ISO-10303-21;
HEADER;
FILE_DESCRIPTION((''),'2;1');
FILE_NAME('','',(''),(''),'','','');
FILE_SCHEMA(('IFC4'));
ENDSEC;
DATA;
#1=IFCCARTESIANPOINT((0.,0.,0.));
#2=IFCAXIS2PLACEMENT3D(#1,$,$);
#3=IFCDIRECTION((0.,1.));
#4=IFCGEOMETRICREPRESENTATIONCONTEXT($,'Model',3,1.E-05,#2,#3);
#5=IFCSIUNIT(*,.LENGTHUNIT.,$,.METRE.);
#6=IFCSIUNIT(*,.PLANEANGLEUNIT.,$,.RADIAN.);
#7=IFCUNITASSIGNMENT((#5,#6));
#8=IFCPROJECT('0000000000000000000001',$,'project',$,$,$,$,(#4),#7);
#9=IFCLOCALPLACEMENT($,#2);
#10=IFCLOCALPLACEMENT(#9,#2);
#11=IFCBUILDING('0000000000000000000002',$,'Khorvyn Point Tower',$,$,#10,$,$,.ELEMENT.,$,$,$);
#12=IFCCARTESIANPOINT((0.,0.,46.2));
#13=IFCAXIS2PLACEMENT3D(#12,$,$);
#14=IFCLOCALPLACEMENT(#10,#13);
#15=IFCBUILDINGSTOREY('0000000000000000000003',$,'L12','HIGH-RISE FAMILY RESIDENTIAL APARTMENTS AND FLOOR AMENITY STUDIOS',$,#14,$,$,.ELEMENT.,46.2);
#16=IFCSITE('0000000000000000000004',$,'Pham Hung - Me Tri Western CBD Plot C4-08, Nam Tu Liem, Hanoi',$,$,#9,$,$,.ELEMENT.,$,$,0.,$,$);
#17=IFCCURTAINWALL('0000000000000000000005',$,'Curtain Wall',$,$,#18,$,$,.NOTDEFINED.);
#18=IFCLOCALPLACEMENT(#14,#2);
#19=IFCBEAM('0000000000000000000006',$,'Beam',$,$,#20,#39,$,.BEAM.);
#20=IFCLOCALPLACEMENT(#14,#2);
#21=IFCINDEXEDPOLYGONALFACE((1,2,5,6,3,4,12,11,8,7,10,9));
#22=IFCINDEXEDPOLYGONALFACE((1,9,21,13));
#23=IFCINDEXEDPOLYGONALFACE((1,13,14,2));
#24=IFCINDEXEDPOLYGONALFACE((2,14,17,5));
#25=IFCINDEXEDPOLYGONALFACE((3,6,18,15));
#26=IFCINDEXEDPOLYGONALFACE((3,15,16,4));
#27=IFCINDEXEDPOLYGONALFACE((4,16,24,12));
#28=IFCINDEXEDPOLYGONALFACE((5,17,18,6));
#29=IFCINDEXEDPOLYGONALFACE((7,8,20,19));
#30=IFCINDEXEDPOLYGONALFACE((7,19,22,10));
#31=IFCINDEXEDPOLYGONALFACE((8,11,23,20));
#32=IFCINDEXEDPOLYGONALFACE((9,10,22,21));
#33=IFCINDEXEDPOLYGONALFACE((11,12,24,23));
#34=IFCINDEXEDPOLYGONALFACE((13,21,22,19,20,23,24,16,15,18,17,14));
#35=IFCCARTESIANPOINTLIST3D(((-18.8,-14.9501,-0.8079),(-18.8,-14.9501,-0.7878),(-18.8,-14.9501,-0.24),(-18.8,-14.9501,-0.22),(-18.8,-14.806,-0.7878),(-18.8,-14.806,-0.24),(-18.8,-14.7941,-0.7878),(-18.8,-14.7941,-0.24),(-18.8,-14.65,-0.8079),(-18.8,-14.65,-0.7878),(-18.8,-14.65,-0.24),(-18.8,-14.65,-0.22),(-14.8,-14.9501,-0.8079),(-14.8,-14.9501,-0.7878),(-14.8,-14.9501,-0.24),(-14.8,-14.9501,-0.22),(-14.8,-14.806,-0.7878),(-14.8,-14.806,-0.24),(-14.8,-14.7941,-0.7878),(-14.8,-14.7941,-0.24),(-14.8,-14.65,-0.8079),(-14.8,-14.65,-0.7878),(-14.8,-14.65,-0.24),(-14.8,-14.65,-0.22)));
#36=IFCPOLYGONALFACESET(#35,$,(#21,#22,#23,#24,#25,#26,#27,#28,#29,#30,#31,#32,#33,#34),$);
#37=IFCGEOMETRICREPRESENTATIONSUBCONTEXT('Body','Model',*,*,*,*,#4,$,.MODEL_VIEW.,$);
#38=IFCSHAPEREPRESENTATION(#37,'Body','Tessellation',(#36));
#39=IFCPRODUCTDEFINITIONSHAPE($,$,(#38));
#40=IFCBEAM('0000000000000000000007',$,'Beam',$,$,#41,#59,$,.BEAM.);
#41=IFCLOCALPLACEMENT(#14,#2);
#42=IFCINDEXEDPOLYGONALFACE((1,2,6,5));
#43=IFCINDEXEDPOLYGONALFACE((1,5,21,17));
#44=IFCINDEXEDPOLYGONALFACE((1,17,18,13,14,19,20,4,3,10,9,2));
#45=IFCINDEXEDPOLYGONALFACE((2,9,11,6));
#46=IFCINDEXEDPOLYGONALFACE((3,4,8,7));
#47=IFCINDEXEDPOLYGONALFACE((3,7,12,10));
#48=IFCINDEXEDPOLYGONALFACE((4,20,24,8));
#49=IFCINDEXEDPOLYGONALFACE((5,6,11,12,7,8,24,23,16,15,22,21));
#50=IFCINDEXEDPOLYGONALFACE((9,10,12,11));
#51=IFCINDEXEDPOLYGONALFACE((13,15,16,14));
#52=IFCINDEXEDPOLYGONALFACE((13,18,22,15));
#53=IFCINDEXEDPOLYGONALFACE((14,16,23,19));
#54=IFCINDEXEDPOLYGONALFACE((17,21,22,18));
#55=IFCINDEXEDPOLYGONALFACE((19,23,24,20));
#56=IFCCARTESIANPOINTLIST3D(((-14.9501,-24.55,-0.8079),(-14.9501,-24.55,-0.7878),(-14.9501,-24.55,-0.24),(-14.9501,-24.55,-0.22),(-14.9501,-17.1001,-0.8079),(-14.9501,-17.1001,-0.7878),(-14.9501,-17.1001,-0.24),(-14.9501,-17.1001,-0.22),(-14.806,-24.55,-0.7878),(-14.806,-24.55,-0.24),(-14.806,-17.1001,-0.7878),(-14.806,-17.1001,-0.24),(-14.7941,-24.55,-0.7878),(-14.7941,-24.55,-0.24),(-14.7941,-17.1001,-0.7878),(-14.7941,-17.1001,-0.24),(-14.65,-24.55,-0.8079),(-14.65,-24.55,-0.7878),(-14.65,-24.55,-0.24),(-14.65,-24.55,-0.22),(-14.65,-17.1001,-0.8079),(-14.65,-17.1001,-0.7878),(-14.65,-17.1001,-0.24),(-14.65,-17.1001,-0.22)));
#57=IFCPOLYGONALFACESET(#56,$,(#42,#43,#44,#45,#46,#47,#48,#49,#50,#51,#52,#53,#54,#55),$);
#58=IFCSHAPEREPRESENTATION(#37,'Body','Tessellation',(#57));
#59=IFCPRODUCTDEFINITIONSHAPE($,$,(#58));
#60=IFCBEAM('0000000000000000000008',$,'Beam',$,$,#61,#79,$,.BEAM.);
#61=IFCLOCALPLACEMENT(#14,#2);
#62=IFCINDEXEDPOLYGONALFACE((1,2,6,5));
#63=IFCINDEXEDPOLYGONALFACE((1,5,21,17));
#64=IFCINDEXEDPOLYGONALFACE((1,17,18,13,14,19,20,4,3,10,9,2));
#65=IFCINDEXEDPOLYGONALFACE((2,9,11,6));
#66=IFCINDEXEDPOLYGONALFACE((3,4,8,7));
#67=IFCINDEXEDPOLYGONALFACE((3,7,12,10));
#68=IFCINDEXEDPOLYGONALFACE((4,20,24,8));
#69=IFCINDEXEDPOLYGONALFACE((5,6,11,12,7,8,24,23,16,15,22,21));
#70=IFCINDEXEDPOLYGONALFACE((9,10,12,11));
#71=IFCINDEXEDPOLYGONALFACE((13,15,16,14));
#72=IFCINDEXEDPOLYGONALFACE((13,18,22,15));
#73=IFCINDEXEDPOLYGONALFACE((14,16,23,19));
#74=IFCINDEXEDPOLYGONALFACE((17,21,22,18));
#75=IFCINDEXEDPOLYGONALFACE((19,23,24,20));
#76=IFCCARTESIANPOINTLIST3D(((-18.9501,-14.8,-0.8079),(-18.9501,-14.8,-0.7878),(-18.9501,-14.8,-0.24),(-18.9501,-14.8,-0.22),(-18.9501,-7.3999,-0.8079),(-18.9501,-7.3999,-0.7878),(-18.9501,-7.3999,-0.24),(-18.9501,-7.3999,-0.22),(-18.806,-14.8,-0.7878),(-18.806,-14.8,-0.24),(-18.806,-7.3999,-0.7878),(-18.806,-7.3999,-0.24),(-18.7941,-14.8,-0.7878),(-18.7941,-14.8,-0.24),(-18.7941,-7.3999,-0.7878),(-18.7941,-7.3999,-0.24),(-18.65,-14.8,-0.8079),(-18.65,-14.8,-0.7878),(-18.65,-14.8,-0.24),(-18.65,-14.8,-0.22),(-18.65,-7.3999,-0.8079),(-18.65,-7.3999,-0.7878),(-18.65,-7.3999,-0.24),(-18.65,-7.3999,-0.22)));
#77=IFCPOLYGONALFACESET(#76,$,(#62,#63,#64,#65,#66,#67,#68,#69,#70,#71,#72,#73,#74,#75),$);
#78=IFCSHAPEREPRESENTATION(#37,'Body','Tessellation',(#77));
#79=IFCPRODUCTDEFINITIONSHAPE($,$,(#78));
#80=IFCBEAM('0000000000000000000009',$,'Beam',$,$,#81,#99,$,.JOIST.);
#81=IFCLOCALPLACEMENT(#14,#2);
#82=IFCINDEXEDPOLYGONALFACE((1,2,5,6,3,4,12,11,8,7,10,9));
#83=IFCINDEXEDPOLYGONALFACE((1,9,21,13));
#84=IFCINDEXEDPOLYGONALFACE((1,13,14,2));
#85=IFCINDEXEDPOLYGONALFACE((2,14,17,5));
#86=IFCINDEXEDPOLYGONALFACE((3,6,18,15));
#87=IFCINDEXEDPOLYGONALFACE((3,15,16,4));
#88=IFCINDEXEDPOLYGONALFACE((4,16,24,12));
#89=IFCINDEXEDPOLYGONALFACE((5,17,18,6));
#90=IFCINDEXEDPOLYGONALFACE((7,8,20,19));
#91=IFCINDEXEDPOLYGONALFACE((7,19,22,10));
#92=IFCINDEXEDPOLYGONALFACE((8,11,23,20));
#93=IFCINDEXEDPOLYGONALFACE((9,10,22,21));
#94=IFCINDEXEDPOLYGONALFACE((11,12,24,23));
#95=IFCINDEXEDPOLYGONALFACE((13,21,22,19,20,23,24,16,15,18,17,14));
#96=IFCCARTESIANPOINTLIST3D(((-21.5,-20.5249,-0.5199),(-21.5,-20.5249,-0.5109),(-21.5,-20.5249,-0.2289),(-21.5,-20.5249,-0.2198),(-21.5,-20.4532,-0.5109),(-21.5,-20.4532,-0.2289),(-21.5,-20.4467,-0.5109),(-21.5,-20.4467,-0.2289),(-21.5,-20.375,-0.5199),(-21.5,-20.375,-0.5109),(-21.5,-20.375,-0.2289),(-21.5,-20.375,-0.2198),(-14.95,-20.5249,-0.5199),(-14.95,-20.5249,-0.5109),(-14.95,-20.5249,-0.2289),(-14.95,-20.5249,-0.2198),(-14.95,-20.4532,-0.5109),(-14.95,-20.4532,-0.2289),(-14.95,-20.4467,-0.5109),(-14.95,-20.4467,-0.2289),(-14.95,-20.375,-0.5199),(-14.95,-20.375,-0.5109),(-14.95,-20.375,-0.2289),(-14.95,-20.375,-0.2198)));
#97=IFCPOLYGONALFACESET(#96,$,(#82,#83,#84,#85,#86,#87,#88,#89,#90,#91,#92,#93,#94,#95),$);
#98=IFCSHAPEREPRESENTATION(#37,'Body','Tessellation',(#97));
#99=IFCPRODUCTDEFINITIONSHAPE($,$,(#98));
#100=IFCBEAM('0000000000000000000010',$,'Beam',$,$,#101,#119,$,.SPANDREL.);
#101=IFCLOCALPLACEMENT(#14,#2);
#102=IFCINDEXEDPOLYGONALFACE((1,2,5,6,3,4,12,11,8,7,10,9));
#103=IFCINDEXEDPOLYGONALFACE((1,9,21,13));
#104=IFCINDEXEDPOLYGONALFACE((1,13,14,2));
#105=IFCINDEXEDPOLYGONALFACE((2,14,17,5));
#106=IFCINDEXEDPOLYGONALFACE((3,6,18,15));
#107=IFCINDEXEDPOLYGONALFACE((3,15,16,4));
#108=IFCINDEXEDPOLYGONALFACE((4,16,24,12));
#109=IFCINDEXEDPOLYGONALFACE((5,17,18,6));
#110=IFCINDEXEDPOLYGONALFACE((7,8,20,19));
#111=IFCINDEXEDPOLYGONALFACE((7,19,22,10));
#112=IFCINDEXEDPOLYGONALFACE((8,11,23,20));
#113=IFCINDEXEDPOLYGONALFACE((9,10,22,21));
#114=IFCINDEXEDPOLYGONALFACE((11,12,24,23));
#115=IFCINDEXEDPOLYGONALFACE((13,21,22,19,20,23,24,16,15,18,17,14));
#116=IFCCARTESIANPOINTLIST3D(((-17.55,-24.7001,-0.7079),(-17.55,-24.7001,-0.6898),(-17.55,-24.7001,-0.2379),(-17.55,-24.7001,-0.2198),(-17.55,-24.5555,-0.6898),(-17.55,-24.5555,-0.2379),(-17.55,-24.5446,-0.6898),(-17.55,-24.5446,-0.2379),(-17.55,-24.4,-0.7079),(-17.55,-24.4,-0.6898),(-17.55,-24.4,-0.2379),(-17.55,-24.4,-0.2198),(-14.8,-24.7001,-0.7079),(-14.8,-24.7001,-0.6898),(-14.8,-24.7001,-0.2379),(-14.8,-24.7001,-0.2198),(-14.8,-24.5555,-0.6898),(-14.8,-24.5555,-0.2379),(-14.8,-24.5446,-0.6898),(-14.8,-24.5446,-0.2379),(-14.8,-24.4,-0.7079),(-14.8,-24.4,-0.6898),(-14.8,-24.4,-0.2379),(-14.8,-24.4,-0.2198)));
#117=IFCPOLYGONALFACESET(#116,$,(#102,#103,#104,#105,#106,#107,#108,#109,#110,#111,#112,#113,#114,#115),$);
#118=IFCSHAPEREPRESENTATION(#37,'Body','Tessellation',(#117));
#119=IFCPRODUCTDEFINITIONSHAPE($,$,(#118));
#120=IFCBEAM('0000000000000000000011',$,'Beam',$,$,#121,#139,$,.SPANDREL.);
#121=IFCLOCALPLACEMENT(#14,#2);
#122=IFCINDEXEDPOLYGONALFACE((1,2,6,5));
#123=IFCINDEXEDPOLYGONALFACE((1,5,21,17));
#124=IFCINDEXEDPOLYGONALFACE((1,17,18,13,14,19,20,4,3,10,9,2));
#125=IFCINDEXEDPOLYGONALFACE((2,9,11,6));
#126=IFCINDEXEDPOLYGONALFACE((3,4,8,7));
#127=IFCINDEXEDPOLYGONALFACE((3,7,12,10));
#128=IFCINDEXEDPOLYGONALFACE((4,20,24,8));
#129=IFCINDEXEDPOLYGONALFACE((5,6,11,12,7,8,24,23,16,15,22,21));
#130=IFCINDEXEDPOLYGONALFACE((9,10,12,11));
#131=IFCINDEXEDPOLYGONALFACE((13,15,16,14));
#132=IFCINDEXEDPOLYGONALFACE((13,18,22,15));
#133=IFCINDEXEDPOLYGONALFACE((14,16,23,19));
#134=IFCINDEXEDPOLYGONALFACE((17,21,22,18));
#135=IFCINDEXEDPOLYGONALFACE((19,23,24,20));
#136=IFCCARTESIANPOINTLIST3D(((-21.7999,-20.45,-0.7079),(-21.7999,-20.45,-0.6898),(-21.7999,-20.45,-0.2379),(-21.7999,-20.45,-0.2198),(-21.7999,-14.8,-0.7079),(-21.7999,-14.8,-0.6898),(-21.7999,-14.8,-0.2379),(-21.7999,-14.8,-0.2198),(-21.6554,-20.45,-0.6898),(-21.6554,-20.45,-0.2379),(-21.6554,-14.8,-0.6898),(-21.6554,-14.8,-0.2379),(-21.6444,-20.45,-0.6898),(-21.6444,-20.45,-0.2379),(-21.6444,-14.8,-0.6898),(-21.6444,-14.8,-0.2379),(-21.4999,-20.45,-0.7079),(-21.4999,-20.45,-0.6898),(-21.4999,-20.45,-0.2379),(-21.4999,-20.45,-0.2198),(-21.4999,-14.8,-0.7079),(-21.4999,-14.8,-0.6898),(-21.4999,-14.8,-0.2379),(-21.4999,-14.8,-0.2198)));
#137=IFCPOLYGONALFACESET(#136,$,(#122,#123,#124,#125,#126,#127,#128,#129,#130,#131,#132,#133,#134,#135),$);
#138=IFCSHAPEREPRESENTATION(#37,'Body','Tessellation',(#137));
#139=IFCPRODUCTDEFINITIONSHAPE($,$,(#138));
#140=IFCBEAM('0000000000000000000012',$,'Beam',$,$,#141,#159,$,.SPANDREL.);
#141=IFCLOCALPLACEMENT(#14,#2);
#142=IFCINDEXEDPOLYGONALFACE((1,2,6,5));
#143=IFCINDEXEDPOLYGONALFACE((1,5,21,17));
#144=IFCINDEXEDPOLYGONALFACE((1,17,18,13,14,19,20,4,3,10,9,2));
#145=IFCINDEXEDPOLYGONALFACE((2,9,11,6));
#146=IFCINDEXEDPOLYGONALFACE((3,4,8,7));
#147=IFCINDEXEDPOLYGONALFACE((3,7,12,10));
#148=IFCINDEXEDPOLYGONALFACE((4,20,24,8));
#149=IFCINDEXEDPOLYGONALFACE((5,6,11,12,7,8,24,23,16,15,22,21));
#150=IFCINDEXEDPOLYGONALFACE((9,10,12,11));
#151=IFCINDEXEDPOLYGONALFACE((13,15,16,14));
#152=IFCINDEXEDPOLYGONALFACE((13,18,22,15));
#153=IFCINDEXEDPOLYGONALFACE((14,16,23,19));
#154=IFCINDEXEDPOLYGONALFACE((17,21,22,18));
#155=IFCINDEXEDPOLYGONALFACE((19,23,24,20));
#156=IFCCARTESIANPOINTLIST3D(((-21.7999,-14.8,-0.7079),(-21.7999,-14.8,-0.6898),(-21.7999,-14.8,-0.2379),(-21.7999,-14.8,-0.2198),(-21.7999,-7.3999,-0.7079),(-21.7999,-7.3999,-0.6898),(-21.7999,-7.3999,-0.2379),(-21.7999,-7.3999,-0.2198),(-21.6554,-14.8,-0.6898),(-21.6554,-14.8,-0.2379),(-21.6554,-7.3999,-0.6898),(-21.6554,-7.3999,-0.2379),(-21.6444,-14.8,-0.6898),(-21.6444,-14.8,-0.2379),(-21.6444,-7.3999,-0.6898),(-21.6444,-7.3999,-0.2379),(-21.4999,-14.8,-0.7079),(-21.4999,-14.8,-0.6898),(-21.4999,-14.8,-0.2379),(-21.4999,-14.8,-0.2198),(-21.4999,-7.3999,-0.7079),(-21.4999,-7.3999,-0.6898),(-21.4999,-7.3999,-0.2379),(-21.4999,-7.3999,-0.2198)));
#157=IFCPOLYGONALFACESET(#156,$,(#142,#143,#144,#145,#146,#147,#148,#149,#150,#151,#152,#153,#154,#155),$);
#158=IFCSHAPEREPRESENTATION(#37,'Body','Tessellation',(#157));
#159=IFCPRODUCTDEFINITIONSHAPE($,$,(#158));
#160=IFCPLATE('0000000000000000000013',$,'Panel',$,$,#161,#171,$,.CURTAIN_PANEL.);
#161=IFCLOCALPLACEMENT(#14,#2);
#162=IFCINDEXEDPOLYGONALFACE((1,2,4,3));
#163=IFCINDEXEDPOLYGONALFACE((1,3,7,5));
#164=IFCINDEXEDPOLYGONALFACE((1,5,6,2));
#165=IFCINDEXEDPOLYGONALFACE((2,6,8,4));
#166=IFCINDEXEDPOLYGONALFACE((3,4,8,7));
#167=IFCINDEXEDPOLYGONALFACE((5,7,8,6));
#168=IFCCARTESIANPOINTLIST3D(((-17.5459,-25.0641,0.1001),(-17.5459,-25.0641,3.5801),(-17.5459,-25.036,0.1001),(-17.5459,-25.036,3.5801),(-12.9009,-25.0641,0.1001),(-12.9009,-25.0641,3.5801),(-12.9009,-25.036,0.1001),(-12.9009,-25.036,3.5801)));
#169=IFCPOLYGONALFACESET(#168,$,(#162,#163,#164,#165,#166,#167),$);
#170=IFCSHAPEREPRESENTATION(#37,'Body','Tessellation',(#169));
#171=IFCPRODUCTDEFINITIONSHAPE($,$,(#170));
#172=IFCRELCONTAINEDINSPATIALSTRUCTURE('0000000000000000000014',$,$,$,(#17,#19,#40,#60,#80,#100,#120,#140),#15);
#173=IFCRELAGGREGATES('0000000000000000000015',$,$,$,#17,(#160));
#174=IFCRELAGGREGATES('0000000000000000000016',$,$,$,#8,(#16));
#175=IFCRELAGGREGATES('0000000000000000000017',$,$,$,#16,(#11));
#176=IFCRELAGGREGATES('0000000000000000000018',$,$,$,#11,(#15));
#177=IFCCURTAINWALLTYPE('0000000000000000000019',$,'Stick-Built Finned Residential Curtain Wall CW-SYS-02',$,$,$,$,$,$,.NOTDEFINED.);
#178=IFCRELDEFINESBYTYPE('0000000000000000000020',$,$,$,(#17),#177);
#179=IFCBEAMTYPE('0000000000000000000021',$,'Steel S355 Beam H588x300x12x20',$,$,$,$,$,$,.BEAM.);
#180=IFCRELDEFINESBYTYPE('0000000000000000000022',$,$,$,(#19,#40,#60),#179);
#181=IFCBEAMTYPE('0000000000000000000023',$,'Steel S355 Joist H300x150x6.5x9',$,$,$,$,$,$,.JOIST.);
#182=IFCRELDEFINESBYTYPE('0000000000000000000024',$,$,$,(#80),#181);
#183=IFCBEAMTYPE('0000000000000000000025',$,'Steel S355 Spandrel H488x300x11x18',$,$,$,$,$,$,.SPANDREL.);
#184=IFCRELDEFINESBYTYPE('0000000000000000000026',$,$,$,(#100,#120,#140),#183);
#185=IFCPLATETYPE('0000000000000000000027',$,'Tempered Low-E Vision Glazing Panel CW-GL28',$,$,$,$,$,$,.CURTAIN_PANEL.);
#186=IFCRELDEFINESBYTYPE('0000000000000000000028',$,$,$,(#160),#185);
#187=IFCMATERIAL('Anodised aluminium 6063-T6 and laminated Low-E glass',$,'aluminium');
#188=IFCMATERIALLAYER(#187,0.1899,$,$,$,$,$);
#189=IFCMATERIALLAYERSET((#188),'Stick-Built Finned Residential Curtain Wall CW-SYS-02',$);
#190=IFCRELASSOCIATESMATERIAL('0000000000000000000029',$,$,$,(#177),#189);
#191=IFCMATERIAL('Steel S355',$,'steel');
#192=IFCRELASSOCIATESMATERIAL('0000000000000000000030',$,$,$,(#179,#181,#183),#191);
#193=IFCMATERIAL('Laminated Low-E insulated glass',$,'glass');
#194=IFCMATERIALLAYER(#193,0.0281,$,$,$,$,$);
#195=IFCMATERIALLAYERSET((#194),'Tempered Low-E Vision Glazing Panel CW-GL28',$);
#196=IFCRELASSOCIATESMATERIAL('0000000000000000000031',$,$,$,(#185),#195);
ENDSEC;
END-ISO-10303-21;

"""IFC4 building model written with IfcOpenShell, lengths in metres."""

from ifc_helpers import new_model, si_unit, direction, frame, origin, origin_2d, place, context, subcontext, project, spatial, rectangle, i_section, extrude, material, layer, layer_set, material_profile, profile_set, type_object, element, aggregate, save


model = new_model("IFC4")

# Units and contexts
model_context = context("Model", 3, precision=1e-05, world=origin(), true_north=direction((0.0, 1.0)))
body_context = subcontext(model_context, "Body", "Model", "MODEL_VIEW")
ifc_project = project(units=[si_unit("LENGTHUNIT", "METRE"), si_unit("PLANEANGLEUNIT", "RADIAN")], contexts=[model_context])

# Site, building, storey
site_placement = place(None, origin())
site = spatial("IfcSite", under=ifc_project, at=site_placement, Name="Pham Hung - Me Tri Western CBD Plot C4-08, Nam Tu Liem, Hanoi", CompositionType="ELEMENT", RefElevation=0.0)
building_placement = place(site_placement, origin())
building = spatial("IfcBuilding", under=site, at=building_placement, Name="Khorvyn Point Tower", CompositionType="ELEMENT")
storey_placement = place(building_placement, frame((0.0, 0.0, 46.2)))
storey = spatial("IfcBuildingStorey", under=building, at=storey_placement, Name="L12", Description="HIGH-RISE FAMILY RESIDENTIAL APARTMENTS AND FLOOR AMENITY STUDIOS", CompositionType="ELEMENT", Elevation=46.2)

# Curtain wall
ifc_material_1 = material(Name="Anodised aluminium 6063-T6 and laminated Low-E glass", Category="aluminium")
ifc_layer_1 = layer(ifc_material_1, 0.1899)
ifc_layer_set_1 = layer_set([ifc_layer_1], Name="Stick-Built Finned Residential Curtain Wall CW-SYS-02")
curtain_wall_type = type_object("IfcCurtainWallType", Name="Stick-Built Finned Residential Curtain Wall CW-SYS-02", PredefinedType="NOTDEFINED", material=ifc_layer_set_1)
curtain_wall_1_placement = place(storey_placement, origin())
curtain_wall_1 = element("IfcCurtainWall", 1, at=curtain_wall_1_placement, inside=storey, type_object=curtain_wall_type, Name="Curtain Wall", PredefinedType="NOTDEFINED")

# Beams
ifc_material_2 = material(Name="Steel S355", Category="steel")
ifc_material_profile_1 = material_profile(ifc_material_2, i_section(OverallWidth=0.3, OverallDepth=0.5879, WebThickness=0.012, FlangeThickness=0.02, at=origin_2d()))
ifc_profile_set_1 = profile_set([ifc_material_profile_1], Name="Steel S355 H588x300x12x20")
beam_type_1 = type_object("IfcBeamType", Name="Steel S355 Beam H588x300x12x20", PredefinedType="BEAM", material=ifc_profile_set_1)
beam_1_placement = place(storey_placement, frame((-18.8, -14.8, -0.5139), z_axis=(1.0, 0.0, 0.0), x_axis=(0.0, 1.0, 0.0)))
element("IfcBeam", 2, at=beam_1_placement, inside=storey, type_object=beam_type_1, Name="Beam", PredefinedType="BEAM", context=body_context, shape_type="SweptSolid", body=[
    extrude(i_section(OverallWidth=0.3, OverallDepth=0.5879, WebThickness=0.012, FlangeThickness=0.02, at=origin_2d()), origin(), (0.0, 0.0, 1.0), 4.0),
])
beam_2_placement = place(storey_placement, frame((-14.8, -24.55, -0.5139), z_axis=(0.0, 1.0, 0.0), x_axis=(-1.0, 0.0, 0.0)))
element("IfcBeam", 3, at=beam_2_placement, inside=storey, type_object=beam_type_1, Name="Beam", PredefinedType="BEAM", context=body_context, shape_type="SweptSolid", body=[
    extrude(i_section(OverallWidth=0.3, OverallDepth=0.5879, WebThickness=0.012, FlangeThickness=0.02, at=origin_2d()), origin(), (0.0, 0.0, 1.0), 7.45),
])
beam_3_placement = place(storey_placement, frame((-18.8, -14.8, -0.5139), z_axis=(0.0, 1.0, 0.0), x_axis=(-1.0, 0.0, 0.0)))
element("IfcBeam", 4, at=beam_3_placement, inside=storey, type_object=beam_type_1, Name="Beam", PredefinedType="BEAM", context=body_context, shape_type="SweptSolid", body=[
    extrude(i_section(OverallWidth=0.3, OverallDepth=0.5879, WebThickness=0.012, FlangeThickness=0.02, at=origin_2d()), origin(), (0.0, 0.0, 1.0), 7.4001),
])
ifc_material_profile_2 = material_profile(ifc_material_2, i_section(OverallWidth=0.1499, OverallDepth=0.3, WebThickness=0.0066, FlangeThickness=0.009, at=origin_2d()))
ifc_profile_set_2 = profile_set([ifc_material_profile_2], Name="Steel S355 H300x150x6.5x9")
beam_type_2 = type_object("IfcBeamType", Name="Steel S355 Joist H300x150x6.5x9", PredefinedType="JOIST", material=ifc_profile_set_2)
beam_4_placement = place(storey_placement, frame((-21.5, -20.45, -0.3699), z_axis=(1.0, 0.0, 0.0), x_axis=(0.0, 1.0, 0.0)))
element("IfcBeam", 5, at=beam_4_placement, inside=storey, type_object=beam_type_2, Name="Beam", PredefinedType="JOIST", context=body_context, shape_type="SweptSolid", body=[
    extrude(i_section(OverallWidth=0.1499, OverallDepth=0.3, WebThickness=0.0066, FlangeThickness=0.009, at=origin_2d()), origin(), (0.0, 0.0, 1.0), 6.55),
])
ifc_material_profile_3 = material_profile(ifc_material_2, i_section(OverallWidth=0.3, OverallDepth=0.488, WebThickness=0.011, FlangeThickness=0.0181, at=origin_2d()))
ifc_profile_set_3 = profile_set([ifc_material_profile_3], Name="Steel S355 H488x300x11x18")
beam_type_3 = type_object("IfcBeamType", Name="Steel S355 Spandrel H488x300x11x18", PredefinedType="SPANDREL", material=ifc_profile_set_3)
beam_5_placement = place(storey_placement, frame((-17.55, -24.55, -0.4639), z_axis=(1.0, 0.0, 0.0), x_axis=(0.0, 1.0, 0.0)))
element("IfcBeam", 6, at=beam_5_placement, inside=storey, type_object=beam_type_3, Name="Beam", PredefinedType="SPANDREL", context=body_context, shape_type="SweptSolid", body=[
    extrude(i_section(OverallWidth=0.3, OverallDepth=0.488, WebThickness=0.011, FlangeThickness=0.0181, at=origin_2d()), origin(), (0.0, 0.0, 1.0), 2.75),
])
beam_6_placement = place(storey_placement, frame((-21.6499, -20.45, -0.4639), z_axis=(0.0, 1.0, 0.0), x_axis=(-1.0, 0.0, 0.0)))
element("IfcBeam", 7, at=beam_6_placement, inside=storey, type_object=beam_type_3, Name="Beam", PredefinedType="SPANDREL", context=body_context, shape_type="SweptSolid", body=[
    extrude(i_section(OverallWidth=0.3, OverallDepth=0.488, WebThickness=0.011, FlangeThickness=0.0181, at=origin_2d()), origin(), (0.0, 0.0, 1.0), 5.6499),
])
beam_7_placement = place(storey_placement, frame((-21.6499, -14.8, -0.4639), z_axis=(0.0, 1.0, 0.0), x_axis=(-1.0, 0.0, 0.0)))
element("IfcBeam", 8, at=beam_7_placement, inside=storey, type_object=beam_type_3, Name="Beam", PredefinedType="SPANDREL", context=body_context, shape_type="SweptSolid", body=[
    extrude(i_section(OverallWidth=0.3, OverallDepth=0.488, WebThickness=0.011, FlangeThickness=0.0181, at=origin_2d()), origin(), (0.0, 0.0, 1.0), 7.4001),
])

# Plate
ifc_material_3 = material(Name="Laminated Low-E insulated glass", Category="glass")
ifc_layer_2 = layer(ifc_material_3, 0.0281)
ifc_layer_set_2 = layer_set([ifc_layer_2], Name="Tempered Low-E Vision Glazing Panel CW-GL28")
plate_type = type_object("IfcPlateType", Name="Tempered Low-E Vision Glazing Panel CW-GL28", PredefinedType="CURTAIN_PANEL", material=ifc_layer_set_2)
plate_placement = place(storey_placement, frame((-15.2234, -25.05, 0.1001), z_axis=(0.0, 0.0, 1.0), x_axis=(-1.0, 0.0, 0.0)))
plate = element("IfcPlate", 9, at=plate_placement, type_object=plate_type, Name="Panel", PredefinedType="CURTAIN_PANEL", context=body_context, shape_type="SweptSolid", body=[
    extrude(rectangle(XDim=4.645, YDim=0.0281, at=origin_2d()), origin(), (0.0, 0.0, 1.0), 3.48),
])
aggregate(curtain_wall_1, [plate])

save(model, "model.ifc")
